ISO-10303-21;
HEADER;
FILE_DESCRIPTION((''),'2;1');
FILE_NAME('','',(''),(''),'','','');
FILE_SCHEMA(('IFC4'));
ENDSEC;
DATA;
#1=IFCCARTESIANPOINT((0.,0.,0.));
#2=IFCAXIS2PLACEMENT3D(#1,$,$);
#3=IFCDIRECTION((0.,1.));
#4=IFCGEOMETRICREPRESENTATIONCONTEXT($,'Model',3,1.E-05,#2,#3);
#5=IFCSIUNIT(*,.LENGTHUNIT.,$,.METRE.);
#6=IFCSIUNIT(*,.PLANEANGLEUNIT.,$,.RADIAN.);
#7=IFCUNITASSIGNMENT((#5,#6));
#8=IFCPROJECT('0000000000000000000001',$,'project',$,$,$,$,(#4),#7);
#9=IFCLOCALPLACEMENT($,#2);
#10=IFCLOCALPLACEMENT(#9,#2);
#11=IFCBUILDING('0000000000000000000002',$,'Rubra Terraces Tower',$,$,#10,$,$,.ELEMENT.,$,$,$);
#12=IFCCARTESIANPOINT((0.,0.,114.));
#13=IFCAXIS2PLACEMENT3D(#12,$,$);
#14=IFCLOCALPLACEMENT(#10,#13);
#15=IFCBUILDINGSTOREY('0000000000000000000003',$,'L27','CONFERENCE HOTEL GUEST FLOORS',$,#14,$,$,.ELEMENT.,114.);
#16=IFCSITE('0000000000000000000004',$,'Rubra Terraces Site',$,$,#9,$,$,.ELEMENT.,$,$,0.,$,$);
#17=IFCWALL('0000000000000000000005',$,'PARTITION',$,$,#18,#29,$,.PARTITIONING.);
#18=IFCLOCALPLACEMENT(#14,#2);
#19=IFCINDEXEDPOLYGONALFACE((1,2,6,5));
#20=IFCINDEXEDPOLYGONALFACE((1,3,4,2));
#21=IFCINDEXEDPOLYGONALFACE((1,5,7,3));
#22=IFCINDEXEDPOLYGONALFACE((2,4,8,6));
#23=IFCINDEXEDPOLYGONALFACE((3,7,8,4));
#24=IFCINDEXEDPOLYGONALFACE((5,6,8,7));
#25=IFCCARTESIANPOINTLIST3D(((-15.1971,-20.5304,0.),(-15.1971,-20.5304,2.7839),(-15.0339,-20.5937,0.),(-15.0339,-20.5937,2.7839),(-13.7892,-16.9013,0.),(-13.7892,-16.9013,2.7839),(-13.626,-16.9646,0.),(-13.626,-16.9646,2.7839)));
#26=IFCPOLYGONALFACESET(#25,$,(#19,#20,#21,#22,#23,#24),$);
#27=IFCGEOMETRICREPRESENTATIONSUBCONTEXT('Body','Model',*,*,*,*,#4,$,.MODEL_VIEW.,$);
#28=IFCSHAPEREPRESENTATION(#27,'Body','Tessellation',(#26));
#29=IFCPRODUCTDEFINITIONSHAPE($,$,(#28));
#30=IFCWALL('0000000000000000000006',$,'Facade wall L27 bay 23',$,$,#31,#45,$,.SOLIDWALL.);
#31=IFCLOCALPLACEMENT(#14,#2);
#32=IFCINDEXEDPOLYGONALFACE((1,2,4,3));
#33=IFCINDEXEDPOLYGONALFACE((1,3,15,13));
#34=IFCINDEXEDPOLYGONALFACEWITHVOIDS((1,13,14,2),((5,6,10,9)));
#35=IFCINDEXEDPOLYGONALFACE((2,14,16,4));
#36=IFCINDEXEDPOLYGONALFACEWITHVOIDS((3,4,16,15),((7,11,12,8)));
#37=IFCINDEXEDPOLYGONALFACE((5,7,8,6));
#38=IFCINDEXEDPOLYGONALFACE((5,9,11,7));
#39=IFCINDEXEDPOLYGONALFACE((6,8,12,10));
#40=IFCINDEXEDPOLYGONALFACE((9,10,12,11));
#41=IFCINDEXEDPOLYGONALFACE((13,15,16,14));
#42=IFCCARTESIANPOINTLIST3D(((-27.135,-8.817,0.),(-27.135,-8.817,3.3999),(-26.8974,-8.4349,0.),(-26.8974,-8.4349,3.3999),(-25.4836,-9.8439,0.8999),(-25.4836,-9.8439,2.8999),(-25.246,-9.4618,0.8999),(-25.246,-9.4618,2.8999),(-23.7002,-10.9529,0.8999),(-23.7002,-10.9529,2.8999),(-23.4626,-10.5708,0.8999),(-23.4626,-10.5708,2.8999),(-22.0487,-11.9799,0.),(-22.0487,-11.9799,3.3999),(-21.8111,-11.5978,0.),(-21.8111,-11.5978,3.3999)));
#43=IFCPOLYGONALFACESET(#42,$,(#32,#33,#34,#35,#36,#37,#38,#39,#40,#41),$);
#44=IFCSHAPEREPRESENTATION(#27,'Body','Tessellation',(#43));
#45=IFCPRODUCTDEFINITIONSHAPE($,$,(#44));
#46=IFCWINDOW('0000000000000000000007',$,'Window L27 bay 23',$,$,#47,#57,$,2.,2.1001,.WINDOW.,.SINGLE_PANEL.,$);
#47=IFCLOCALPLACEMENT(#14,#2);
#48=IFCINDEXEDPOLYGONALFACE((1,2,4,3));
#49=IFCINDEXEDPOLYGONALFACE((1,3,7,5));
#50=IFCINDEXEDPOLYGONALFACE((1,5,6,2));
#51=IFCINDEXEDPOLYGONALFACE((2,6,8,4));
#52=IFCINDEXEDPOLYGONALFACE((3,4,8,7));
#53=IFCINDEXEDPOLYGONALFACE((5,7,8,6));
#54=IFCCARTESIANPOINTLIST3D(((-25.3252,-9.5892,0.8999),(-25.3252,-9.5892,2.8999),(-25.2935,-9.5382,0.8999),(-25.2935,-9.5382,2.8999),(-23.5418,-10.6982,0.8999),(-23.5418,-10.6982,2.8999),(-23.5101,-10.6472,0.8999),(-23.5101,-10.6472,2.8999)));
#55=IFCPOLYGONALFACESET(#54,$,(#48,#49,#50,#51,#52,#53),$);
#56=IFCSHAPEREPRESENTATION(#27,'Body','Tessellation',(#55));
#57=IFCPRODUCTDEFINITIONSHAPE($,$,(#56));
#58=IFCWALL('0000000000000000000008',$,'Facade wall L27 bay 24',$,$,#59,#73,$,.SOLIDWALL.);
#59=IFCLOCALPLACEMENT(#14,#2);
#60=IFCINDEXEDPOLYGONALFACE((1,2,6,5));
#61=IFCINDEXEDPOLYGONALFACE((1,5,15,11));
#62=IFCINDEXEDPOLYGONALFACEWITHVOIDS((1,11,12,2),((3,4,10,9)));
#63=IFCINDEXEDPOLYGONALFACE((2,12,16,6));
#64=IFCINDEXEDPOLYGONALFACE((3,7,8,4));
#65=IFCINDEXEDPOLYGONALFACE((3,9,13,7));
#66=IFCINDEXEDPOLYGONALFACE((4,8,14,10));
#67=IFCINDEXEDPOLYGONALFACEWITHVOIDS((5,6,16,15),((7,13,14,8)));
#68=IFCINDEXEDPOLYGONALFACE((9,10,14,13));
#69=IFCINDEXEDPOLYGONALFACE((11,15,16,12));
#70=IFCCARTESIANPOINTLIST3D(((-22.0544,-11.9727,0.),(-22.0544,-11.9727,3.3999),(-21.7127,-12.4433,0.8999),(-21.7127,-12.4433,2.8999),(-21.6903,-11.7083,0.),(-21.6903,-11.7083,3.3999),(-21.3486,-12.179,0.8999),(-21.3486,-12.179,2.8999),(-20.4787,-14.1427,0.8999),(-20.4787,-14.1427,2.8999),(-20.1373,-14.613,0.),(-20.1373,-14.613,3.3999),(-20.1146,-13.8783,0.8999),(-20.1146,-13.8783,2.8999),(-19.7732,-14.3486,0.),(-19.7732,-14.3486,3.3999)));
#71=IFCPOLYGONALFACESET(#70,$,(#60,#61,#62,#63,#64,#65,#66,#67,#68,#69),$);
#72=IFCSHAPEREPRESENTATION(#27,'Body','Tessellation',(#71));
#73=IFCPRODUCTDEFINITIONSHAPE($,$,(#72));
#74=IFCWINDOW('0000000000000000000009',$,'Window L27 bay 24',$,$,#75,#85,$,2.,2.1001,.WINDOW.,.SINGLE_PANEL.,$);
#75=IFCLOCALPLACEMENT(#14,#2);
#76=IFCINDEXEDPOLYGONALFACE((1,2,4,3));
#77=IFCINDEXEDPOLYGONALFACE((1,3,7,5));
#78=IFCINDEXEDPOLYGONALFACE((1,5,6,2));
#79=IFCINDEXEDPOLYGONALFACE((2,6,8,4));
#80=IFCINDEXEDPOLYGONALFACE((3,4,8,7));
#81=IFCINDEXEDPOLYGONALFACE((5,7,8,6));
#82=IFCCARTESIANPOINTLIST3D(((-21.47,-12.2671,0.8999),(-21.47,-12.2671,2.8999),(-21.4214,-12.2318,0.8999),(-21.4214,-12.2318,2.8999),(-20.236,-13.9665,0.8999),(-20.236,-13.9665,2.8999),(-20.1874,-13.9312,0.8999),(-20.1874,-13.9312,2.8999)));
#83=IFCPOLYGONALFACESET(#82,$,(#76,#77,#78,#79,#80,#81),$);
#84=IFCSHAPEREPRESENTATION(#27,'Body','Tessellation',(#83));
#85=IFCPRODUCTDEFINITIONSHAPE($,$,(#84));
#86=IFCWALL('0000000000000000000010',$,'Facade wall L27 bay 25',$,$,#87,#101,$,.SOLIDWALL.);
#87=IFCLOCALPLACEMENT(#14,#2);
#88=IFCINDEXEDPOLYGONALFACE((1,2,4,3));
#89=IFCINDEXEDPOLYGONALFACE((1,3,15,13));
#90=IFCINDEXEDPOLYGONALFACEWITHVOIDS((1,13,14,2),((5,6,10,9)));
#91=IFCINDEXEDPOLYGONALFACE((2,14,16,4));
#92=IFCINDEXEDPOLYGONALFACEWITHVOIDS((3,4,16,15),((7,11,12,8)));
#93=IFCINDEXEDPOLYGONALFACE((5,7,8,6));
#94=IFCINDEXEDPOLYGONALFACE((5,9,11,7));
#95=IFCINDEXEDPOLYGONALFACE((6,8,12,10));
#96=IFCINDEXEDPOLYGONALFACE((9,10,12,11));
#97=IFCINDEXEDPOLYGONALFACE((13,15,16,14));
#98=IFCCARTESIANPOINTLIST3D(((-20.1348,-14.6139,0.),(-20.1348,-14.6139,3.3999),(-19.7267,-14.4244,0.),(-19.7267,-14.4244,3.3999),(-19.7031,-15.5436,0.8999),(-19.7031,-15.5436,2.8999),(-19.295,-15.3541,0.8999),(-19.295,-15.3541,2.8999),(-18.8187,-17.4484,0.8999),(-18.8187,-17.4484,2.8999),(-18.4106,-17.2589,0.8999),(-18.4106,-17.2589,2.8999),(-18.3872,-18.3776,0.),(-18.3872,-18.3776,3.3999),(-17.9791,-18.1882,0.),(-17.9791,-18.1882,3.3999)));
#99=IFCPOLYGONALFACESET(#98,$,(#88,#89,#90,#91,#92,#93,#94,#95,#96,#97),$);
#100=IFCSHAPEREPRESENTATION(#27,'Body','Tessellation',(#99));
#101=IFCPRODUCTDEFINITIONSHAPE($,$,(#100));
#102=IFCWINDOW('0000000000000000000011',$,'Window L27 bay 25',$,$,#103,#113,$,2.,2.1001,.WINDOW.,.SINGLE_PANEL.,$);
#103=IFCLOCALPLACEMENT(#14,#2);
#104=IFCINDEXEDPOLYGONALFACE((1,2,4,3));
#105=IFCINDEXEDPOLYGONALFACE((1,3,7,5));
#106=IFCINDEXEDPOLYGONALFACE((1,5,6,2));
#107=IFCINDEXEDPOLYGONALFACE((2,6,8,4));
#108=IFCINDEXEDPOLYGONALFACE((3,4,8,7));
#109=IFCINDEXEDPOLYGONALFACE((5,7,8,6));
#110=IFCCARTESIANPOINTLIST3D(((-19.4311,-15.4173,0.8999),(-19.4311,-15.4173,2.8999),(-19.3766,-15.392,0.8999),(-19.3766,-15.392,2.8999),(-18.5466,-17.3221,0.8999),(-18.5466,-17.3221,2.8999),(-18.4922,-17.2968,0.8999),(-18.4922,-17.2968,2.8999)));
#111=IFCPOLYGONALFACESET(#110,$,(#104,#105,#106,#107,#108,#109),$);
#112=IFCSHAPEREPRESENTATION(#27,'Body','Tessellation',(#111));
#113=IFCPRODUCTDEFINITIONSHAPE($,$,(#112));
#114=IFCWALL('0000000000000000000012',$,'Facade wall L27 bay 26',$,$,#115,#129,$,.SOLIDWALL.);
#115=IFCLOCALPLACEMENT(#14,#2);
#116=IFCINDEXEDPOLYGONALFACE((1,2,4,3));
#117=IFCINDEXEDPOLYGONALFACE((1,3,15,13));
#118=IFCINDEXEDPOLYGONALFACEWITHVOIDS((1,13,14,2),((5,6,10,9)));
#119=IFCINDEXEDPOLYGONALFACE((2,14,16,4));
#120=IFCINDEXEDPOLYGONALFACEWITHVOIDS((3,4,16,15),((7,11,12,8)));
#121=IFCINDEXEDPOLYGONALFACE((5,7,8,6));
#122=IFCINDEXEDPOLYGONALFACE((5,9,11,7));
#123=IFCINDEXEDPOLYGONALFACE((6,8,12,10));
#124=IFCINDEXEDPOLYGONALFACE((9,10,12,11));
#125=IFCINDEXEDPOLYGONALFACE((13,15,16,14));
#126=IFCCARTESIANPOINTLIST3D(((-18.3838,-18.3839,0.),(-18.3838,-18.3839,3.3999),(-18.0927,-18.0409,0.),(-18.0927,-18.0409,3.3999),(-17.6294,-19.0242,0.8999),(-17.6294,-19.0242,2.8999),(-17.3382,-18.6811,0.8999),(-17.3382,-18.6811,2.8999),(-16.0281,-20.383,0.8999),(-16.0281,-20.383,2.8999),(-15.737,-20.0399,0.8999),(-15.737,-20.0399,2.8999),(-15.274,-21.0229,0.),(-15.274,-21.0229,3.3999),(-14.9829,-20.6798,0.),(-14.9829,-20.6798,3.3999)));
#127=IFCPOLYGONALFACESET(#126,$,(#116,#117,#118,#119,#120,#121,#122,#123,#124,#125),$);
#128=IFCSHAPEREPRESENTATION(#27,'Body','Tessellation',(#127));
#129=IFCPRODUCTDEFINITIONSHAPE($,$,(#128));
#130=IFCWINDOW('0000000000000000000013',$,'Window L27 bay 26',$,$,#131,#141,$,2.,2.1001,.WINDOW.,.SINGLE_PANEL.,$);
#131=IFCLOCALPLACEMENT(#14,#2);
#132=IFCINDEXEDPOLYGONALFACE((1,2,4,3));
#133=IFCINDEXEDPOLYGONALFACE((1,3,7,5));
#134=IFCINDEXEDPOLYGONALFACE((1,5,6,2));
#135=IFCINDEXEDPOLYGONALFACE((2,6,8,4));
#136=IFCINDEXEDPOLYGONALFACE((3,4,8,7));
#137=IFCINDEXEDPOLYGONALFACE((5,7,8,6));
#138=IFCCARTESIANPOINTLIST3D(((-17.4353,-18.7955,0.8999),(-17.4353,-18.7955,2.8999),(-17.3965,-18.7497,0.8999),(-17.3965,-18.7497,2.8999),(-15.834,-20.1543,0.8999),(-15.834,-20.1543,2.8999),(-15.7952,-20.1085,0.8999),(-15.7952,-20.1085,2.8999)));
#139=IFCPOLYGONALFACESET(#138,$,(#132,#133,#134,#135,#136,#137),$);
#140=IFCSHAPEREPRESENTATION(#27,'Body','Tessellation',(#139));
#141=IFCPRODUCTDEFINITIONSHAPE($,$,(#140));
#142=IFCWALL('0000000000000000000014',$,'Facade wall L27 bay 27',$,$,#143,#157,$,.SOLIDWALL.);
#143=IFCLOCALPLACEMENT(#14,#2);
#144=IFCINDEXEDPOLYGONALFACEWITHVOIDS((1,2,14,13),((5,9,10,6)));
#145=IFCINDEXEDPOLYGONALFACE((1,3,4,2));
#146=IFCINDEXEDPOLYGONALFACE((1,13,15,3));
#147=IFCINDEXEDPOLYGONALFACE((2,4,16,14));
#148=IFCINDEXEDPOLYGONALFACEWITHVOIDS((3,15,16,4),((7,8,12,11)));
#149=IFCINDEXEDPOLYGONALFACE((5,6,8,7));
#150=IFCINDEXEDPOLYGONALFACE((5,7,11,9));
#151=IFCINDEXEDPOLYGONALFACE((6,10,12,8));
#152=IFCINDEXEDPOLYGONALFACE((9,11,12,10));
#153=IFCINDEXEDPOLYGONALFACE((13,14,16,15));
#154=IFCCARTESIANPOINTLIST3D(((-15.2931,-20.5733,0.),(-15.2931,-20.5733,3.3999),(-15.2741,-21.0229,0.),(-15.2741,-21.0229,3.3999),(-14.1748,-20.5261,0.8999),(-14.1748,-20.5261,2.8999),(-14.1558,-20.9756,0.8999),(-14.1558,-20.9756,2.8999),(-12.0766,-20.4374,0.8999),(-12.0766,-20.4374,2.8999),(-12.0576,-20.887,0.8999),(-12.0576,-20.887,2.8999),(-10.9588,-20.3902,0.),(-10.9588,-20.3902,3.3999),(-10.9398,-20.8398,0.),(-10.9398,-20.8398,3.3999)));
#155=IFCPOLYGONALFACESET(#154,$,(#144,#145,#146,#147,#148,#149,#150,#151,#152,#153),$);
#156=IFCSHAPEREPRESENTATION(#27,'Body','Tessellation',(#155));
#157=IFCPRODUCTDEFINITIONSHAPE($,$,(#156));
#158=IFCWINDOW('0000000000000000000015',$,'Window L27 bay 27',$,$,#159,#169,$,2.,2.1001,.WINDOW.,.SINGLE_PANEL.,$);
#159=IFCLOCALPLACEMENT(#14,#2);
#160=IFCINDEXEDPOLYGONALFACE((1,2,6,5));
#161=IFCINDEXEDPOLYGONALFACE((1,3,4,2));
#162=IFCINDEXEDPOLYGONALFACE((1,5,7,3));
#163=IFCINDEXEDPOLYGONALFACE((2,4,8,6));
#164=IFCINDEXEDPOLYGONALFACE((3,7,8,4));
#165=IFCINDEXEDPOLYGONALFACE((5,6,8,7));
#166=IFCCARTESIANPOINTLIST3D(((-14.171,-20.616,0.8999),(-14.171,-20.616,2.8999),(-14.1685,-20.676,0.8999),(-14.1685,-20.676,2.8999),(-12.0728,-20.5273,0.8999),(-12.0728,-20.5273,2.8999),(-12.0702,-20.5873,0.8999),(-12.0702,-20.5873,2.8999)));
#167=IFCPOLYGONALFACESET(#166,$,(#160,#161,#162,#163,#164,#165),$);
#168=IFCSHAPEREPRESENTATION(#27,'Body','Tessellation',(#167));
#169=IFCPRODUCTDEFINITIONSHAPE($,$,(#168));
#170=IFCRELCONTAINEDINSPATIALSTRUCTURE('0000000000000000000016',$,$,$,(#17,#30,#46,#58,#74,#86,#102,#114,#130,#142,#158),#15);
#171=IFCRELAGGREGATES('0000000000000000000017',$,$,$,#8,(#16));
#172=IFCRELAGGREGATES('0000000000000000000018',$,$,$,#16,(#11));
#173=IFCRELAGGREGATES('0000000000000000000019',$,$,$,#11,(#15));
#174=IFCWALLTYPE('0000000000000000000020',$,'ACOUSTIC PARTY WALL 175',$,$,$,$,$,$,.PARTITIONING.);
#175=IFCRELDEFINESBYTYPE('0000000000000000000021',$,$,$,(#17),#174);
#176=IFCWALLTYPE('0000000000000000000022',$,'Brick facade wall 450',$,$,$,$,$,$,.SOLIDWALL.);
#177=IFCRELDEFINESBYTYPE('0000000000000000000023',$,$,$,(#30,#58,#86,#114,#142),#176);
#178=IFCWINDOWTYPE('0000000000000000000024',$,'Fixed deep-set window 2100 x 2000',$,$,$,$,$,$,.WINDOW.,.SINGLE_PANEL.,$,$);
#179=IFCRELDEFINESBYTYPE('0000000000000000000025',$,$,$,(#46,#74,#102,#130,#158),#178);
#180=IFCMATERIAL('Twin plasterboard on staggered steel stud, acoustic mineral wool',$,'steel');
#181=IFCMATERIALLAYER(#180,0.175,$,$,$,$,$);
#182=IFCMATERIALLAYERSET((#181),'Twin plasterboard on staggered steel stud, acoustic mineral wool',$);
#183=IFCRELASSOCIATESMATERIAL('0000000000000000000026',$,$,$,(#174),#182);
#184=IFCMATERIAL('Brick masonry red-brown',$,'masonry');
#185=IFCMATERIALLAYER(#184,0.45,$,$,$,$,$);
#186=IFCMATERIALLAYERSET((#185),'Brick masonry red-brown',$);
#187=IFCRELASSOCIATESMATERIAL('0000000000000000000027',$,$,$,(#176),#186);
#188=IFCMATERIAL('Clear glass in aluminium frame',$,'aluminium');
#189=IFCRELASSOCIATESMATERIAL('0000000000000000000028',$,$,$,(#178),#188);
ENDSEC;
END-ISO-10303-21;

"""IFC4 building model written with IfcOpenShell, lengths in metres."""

from ifc_helpers import new_model, si_unit, direction, frame, frame_2d, origin, place, context, subcontext, project, spatial, rectangle, extrude, material, layer, layer_set, type_object, element, fill, save


model = new_model("IFC4")

# Units and contexts
model_context = context("Model", 3, precision=1e-05, world=origin(), true_north=direction((0.0, 1.0)))
body_context = subcontext(model_context, "Body", "Model", "MODEL_VIEW")
ifc_project = project(units=[si_unit("LENGTHUNIT", "METRE"), si_unit("PLANEANGLEUNIT", "RADIAN")], contexts=[model_context])

# Site, building, storey
site_placement = place(None, origin())
site = spatial("IfcSite", under=ifc_project, at=site_placement, Name="Rubra Terraces Site", CompositionType="ELEMENT", RefElevation=0.0)
building_placement = place(site_placement, origin())
building = spatial("IfcBuilding", under=site, at=building_placement, Name="Rubra Terraces Tower", CompositionType="ELEMENT")
storey_placement = place(building_placement, frame((0.0, 0.0, 114.0)))
storey = spatial("IfcBuildingStorey", under=building, at=storey_placement, Name="L27", Description="CONFERENCE HOTEL GUEST FLOORS", CompositionType="ELEMENT", Elevation=114.0)

# Wall
ifc_material_1 = material(Name="Twin plasterboard on staggered steel stud, acoustic mineral wool", Category="steel")
ifc_layer_1 = layer(ifc_material_1, 0.175)
ifc_layer_set_1 = layer_set([ifc_layer_1], Name="Twin plasterboard on staggered steel stud, acoustic mineral wool")
wall_type_1 = type_object("IfcWallType", Name="ACOUSTIC PARTY WALL 175", PredefinedType="PARTITIONING", material=ifc_layer_set_1)
wall_1_placement = place(storey_placement, frame((-15.1155, -20.562, 0.0), z_axis=(0.0, 0.0, 1.0), x_axis=(0.361693, 0.932297, 0.0)))
element("IfcWall", 1, at=wall_1_placement, inside=storey, type_object=wall_type_1, Name="PARTITION", PredefinedType="PARTITIONING", context=body_context, shape_type="SweptSolid", body=[
    extrude(rectangle(XDim=3.8926, YDim=0.175, at=frame_2d((1.9463, 0.0))), origin(), (0.0, 0.0, 1.0), 2.7839),
])

# Walls, openings, windows
ifc_material_2 = material(Name="Brick masonry red-brown", Category="masonry")
ifc_layer_2 = layer(ifc_material_2, 0.45)
ifc_layer_set_2 = layer_set([ifc_layer_2], Name="Brick masonry red-brown")
wall_type_2 = type_object("IfcWallType", Name="Brick facade wall 450", PredefinedType="SOLIDWALL", material=ifc_layer_set_2)
wall_2_placement = place(storey_placement, frame((-27.0161, -8.626, 0.0), z_axis=(0.0, 0.0, 1.0), x_axis=(0.849198, -0.528074, 0.0)))
wall_2 = element("IfcWall", 2, at=wall_2_placement, inside=storey, type_object=wall_type_2, Name="Facade wall L27 bay 23", PredefinedType="SOLIDWALL", context=body_context, shape_type="SweptSolid", body=[
    extrude(rectangle(XDim=5.9895, YDim=0.45, at=frame_2d((2.9946, 0.0))), origin(), (0.0, 0.0, 1.0), 3.3999),
])
opening_1_placement = place(wall_2_placement, frame((1.9446, 0.0, 0.8999)))
opening_1 = element("IfcOpeningElement", 3, at=opening_1_placement, cuts=wall_2, PredefinedType="OPENING", context=body_context, shape_type="SweptSolid", body=[
    extrude(rectangle(XDim=2.1001, YDim=2.0, at=frame_2d((1.05, 1.0))), frame((0.0, 0.2349, 0.0), z_axis=(0.0, -1.0, 0.0), x_axis=(1.0, 0.0, 0.0)), (0.0, 0.0, 1.0), 0.47),
])
ifc_material_3 = material(Name="Clear glass in aluminium frame", Category="aluminium")
window_type = type_object("IfcWindowType", Name="Fixed deep-set window 2100 x 2000", PartitioningType="SINGLE_PANEL", PredefinedType="WINDOW", material=ifc_material_3)
window_1_placement = place(opening_1_placement, origin())
window_1 = element("IfcWindow", 4, at=window_1_placement, inside=storey, type_object=window_type, Name="Window L27 bay 23", OverallHeight=2.0, OverallWidth=2.1001, PartitioningType="SINGLE_PANEL", PredefinedType="WINDOW", context=body_context, shape_type="SweptSolid", body=[
    extrude(rectangle(XDim=2.1001, YDim=2.0, at=frame_2d((1.05, 1.0))), frame((0.0, 0.135, 0.0), z_axis=(0.0, -1.0, 0.0), x_axis=(1.0, 0.0, 0.0)), (0.0, 0.0, 1.0), 0.0601),
])
fill(opening_1, window_1)
wall_3_placement = place(storey_placement, frame((-21.8723, -11.8406, 0.0), z_axis=(0.0, 0.0, 1.0), x_axis=(0.587562, -0.809179, 0.0)))
wall_3 = element("IfcWall", 5, at=wall_3_placement, inside=storey, type_object=wall_type_2, Name="Facade wall L27 bay 24", PredefinedType="SOLIDWALL", context=body_context, shape_type="SweptSolid", body=[
    extrude(rectangle(XDim=3.2629, YDim=0.45, at=frame_2d((1.6313, 0.0))), origin(), (0.0, 0.0, 1.0), 3.3999),
])
opening_2_placement = place(wall_3_placement, frame((0.5815, 0.0, 0.8999)))
opening_2 = element("IfcOpeningElement", 6, at=opening_2_placement, cuts=wall_3, PredefinedType="OPENING", context=body_context, shape_type="SweptSolid", body=[
    extrude(rectangle(XDim=2.1001, YDim=2.0, at=frame_2d((1.05, 1.0))), frame((0.0, 0.2349, 0.0), z_axis=(0.0, -1.0, 0.0), x_axis=(1.0, 0.0, 0.0)), (0.0, 0.0, 1.0), 0.47),
])
window_2_placement = place(opening_2_placement, origin())
window_2 = element("IfcWindow", 7, at=window_2_placement, inside=storey, type_object=window_type, Name="Window L27 bay 24", OverallHeight=2.0, OverallWidth=2.1001, PartitioningType="SINGLE_PANEL", PredefinedType="WINDOW", context=body_context, shape_type="SweptSolid", body=[
    extrude(rectangle(XDim=2.1001, YDim=2.0, at=frame_2d((1.05, 1.0))), frame((0.0, 0.135, 0.0), z_axis=(0.0, -1.0, 0.0), x_axis=(1.0, 0.0, 0.0)), (0.0, 0.0, 1.0), 0.0601),
])
fill(opening_2, window_2)
wall_4_placement = place(storey_placement, frame((-19.9307, -14.5193, 0.0), z_axis=(0.0, 0.0, 1.0), x_axis=(0.421139, -0.906996, 0.0)))
wall_4 = element("IfcWall", 8, at=wall_4_placement, inside=storey, type_object=wall_type_2, Name="Facade wall L27 bay 25", PredefinedType="SOLIDWALL", context=body_context, shape_type="SweptSolid", body=[
    extrude(rectangle(XDim=4.1497, YDim=0.45, at=frame_2d((2.0747, 0.0))), origin(), (0.0, 0.0, 1.0), 3.3999),
])
opening_3_placement = place(wall_4_placement, frame((1.0249, 0.0, 0.8999)))
opening_3 = element("IfcOpeningElement", 9, at=opening_3_placement, cuts=wall_4, PredefinedType="OPENING", context=body_context, shape_type="SweptSolid", body=[
    extrude(rectangle(XDim=2.1001, YDim=2.0, at=frame_2d((1.05, 1.0))), frame((0.0, 0.2349, 0.0), z_axis=(0.0, -1.0, 0.0), x_axis=(1.0, 0.0, 0.0)), (0.0, 0.0, 1.0), 0.47),
])
window_3_placement = place(opening_3_placement, origin())
window_3 = element("IfcWindow", 10, at=window_3_placement, inside=storey, type_object=window_type, Name="Window L27 bay 25", OverallHeight=2.0, OverallWidth=2.1001, PartitioningType="SINGLE_PANEL", PredefinedType="WINDOW", context=body_context, shape_type="SweptSolid", body=[
    extrude(rectangle(XDim=2.1001, YDim=2.0, at=frame_2d((1.05, 1.0))), frame((0.0, 0.135, 0.0), z_axis=(0.0, -1.0, 0.0), x_axis=(1.0, 0.0, 0.0)), (0.0, 0.0, 1.0), 0.0601),
])
fill(opening_3, window_3)
wall_5_placement = place(storey_placement, frame((-18.2383, -18.2124, 0.0), z_axis=(0.0, 0.0, 1.0), x_axis=(0.76248, -0.647012, 0.0)))
wall_5 = element("IfcWall", 11, at=wall_5_placement, inside=storey, type_object=wall_type_2, Name="Facade wall L27 bay 26", PredefinedType="SOLIDWALL", context=body_context, shape_type="SweptSolid", body=[
    extrude(rectangle(XDim=4.0786, YDim=0.45, at=frame_2d((2.0393, 0.0))), origin(), (0.0, 0.0, 1.0), 3.3999),
])
opening_4_placement = place(wall_5_placement, frame((0.9895, 0.0, 0.8999)))
opening_4 = element("IfcOpeningElement", 12, at=opening_4_placement, cuts=wall_5, PredefinedType="OPENING", context=body_context, shape_type="SweptSolid", body=[
    extrude(rectangle(XDim=2.1001, YDim=2.0, at=frame_2d((1.05, 1.0))), frame((0.0, 0.2349, 0.0), z_axis=(0.0, -1.0, 0.0), x_axis=(1.0, 0.0, 0.0)), (0.0, 0.0, 1.0), 0.47),
])
window_4_placement = place(opening_4_placement, origin())
window_4 = element("IfcWindow", 13, at=window_4_placement, inside=storey, type_object=window_type, Name="Window L27 bay 26", OverallHeight=2.0, OverallWidth=2.1001, PartitioningType="SINGLE_PANEL", PredefinedType="WINDOW", context=body_context, shape_type="SweptSolid", body=[
    extrude(rectangle(XDim=2.1001, YDim=2.0, at=frame_2d((1.05, 1.0))), frame((0.0, 0.135, 0.0), z_axis=(0.0, -1.0, 0.0), x_axis=(1.0, 0.0, 0.0)), (0.0, 0.0, 1.0), 0.0601),
])
fill(opening_4, window_4)
wall_6_placement = place(storey_placement, frame((-15.2834, -20.7981, 0.0), z_axis=(0.0, 0.0, 1.0), x_axis=(0.999109, 0.042209, 0.0)))
wall_6 = element("IfcWall", 14, at=wall_6_placement, inside=storey, type_object=wall_type_2, Name="Facade wall L27 bay 27", PredefinedType="SOLIDWALL", context=body_context, shape_type="SweptSolid", body=[
    extrude(rectangle(XDim=4.3381, YDim=0.45, at=frame_2d((2.1689, 0.0))), origin(), (0.0, 0.0, 1.0), 3.3999),
])
opening_5_placement = place(wall_6_placement, frame((1.1191, 0.0, 0.8999)))
opening_5 = element("IfcOpeningElement", 15, at=opening_5_placement, cuts=wall_6, PredefinedType="OPENING", context=body_context, shape_type="SweptSolid", body=[
    extrude(rectangle(XDim=2.1001, YDim=2.0, at=frame_2d((1.05, 1.0))), frame((0.0, 0.2349, 0.0), z_axis=(0.0, -1.0, 0.0), x_axis=(1.0, 0.0, 0.0)), (0.0, 0.0, 1.0), 0.47),
])
window_5_placement = place(opening_5_placement, origin())
window_5 = element("IfcWindow", 16, at=window_5_placement, inside=storey, type_object=window_type, Name="Window L27 bay 27", OverallHeight=2.0, OverallWidth=2.1001, PartitioningType="SINGLE_PANEL", PredefinedType="WINDOW", context=body_context, shape_type="SweptSolid", body=[
    extrude(rectangle(XDim=2.1001, YDim=2.0, at=frame_2d((1.05, 1.0))), frame((0.0, 0.135, 0.0), z_axis=(0.0, -1.0, 0.0), x_axis=(1.0, 0.0, 0.0)), (0.0, 0.0, 1.0), 0.0601),
])
fill(opening_5, window_5)

save(model, "model.ifc")
